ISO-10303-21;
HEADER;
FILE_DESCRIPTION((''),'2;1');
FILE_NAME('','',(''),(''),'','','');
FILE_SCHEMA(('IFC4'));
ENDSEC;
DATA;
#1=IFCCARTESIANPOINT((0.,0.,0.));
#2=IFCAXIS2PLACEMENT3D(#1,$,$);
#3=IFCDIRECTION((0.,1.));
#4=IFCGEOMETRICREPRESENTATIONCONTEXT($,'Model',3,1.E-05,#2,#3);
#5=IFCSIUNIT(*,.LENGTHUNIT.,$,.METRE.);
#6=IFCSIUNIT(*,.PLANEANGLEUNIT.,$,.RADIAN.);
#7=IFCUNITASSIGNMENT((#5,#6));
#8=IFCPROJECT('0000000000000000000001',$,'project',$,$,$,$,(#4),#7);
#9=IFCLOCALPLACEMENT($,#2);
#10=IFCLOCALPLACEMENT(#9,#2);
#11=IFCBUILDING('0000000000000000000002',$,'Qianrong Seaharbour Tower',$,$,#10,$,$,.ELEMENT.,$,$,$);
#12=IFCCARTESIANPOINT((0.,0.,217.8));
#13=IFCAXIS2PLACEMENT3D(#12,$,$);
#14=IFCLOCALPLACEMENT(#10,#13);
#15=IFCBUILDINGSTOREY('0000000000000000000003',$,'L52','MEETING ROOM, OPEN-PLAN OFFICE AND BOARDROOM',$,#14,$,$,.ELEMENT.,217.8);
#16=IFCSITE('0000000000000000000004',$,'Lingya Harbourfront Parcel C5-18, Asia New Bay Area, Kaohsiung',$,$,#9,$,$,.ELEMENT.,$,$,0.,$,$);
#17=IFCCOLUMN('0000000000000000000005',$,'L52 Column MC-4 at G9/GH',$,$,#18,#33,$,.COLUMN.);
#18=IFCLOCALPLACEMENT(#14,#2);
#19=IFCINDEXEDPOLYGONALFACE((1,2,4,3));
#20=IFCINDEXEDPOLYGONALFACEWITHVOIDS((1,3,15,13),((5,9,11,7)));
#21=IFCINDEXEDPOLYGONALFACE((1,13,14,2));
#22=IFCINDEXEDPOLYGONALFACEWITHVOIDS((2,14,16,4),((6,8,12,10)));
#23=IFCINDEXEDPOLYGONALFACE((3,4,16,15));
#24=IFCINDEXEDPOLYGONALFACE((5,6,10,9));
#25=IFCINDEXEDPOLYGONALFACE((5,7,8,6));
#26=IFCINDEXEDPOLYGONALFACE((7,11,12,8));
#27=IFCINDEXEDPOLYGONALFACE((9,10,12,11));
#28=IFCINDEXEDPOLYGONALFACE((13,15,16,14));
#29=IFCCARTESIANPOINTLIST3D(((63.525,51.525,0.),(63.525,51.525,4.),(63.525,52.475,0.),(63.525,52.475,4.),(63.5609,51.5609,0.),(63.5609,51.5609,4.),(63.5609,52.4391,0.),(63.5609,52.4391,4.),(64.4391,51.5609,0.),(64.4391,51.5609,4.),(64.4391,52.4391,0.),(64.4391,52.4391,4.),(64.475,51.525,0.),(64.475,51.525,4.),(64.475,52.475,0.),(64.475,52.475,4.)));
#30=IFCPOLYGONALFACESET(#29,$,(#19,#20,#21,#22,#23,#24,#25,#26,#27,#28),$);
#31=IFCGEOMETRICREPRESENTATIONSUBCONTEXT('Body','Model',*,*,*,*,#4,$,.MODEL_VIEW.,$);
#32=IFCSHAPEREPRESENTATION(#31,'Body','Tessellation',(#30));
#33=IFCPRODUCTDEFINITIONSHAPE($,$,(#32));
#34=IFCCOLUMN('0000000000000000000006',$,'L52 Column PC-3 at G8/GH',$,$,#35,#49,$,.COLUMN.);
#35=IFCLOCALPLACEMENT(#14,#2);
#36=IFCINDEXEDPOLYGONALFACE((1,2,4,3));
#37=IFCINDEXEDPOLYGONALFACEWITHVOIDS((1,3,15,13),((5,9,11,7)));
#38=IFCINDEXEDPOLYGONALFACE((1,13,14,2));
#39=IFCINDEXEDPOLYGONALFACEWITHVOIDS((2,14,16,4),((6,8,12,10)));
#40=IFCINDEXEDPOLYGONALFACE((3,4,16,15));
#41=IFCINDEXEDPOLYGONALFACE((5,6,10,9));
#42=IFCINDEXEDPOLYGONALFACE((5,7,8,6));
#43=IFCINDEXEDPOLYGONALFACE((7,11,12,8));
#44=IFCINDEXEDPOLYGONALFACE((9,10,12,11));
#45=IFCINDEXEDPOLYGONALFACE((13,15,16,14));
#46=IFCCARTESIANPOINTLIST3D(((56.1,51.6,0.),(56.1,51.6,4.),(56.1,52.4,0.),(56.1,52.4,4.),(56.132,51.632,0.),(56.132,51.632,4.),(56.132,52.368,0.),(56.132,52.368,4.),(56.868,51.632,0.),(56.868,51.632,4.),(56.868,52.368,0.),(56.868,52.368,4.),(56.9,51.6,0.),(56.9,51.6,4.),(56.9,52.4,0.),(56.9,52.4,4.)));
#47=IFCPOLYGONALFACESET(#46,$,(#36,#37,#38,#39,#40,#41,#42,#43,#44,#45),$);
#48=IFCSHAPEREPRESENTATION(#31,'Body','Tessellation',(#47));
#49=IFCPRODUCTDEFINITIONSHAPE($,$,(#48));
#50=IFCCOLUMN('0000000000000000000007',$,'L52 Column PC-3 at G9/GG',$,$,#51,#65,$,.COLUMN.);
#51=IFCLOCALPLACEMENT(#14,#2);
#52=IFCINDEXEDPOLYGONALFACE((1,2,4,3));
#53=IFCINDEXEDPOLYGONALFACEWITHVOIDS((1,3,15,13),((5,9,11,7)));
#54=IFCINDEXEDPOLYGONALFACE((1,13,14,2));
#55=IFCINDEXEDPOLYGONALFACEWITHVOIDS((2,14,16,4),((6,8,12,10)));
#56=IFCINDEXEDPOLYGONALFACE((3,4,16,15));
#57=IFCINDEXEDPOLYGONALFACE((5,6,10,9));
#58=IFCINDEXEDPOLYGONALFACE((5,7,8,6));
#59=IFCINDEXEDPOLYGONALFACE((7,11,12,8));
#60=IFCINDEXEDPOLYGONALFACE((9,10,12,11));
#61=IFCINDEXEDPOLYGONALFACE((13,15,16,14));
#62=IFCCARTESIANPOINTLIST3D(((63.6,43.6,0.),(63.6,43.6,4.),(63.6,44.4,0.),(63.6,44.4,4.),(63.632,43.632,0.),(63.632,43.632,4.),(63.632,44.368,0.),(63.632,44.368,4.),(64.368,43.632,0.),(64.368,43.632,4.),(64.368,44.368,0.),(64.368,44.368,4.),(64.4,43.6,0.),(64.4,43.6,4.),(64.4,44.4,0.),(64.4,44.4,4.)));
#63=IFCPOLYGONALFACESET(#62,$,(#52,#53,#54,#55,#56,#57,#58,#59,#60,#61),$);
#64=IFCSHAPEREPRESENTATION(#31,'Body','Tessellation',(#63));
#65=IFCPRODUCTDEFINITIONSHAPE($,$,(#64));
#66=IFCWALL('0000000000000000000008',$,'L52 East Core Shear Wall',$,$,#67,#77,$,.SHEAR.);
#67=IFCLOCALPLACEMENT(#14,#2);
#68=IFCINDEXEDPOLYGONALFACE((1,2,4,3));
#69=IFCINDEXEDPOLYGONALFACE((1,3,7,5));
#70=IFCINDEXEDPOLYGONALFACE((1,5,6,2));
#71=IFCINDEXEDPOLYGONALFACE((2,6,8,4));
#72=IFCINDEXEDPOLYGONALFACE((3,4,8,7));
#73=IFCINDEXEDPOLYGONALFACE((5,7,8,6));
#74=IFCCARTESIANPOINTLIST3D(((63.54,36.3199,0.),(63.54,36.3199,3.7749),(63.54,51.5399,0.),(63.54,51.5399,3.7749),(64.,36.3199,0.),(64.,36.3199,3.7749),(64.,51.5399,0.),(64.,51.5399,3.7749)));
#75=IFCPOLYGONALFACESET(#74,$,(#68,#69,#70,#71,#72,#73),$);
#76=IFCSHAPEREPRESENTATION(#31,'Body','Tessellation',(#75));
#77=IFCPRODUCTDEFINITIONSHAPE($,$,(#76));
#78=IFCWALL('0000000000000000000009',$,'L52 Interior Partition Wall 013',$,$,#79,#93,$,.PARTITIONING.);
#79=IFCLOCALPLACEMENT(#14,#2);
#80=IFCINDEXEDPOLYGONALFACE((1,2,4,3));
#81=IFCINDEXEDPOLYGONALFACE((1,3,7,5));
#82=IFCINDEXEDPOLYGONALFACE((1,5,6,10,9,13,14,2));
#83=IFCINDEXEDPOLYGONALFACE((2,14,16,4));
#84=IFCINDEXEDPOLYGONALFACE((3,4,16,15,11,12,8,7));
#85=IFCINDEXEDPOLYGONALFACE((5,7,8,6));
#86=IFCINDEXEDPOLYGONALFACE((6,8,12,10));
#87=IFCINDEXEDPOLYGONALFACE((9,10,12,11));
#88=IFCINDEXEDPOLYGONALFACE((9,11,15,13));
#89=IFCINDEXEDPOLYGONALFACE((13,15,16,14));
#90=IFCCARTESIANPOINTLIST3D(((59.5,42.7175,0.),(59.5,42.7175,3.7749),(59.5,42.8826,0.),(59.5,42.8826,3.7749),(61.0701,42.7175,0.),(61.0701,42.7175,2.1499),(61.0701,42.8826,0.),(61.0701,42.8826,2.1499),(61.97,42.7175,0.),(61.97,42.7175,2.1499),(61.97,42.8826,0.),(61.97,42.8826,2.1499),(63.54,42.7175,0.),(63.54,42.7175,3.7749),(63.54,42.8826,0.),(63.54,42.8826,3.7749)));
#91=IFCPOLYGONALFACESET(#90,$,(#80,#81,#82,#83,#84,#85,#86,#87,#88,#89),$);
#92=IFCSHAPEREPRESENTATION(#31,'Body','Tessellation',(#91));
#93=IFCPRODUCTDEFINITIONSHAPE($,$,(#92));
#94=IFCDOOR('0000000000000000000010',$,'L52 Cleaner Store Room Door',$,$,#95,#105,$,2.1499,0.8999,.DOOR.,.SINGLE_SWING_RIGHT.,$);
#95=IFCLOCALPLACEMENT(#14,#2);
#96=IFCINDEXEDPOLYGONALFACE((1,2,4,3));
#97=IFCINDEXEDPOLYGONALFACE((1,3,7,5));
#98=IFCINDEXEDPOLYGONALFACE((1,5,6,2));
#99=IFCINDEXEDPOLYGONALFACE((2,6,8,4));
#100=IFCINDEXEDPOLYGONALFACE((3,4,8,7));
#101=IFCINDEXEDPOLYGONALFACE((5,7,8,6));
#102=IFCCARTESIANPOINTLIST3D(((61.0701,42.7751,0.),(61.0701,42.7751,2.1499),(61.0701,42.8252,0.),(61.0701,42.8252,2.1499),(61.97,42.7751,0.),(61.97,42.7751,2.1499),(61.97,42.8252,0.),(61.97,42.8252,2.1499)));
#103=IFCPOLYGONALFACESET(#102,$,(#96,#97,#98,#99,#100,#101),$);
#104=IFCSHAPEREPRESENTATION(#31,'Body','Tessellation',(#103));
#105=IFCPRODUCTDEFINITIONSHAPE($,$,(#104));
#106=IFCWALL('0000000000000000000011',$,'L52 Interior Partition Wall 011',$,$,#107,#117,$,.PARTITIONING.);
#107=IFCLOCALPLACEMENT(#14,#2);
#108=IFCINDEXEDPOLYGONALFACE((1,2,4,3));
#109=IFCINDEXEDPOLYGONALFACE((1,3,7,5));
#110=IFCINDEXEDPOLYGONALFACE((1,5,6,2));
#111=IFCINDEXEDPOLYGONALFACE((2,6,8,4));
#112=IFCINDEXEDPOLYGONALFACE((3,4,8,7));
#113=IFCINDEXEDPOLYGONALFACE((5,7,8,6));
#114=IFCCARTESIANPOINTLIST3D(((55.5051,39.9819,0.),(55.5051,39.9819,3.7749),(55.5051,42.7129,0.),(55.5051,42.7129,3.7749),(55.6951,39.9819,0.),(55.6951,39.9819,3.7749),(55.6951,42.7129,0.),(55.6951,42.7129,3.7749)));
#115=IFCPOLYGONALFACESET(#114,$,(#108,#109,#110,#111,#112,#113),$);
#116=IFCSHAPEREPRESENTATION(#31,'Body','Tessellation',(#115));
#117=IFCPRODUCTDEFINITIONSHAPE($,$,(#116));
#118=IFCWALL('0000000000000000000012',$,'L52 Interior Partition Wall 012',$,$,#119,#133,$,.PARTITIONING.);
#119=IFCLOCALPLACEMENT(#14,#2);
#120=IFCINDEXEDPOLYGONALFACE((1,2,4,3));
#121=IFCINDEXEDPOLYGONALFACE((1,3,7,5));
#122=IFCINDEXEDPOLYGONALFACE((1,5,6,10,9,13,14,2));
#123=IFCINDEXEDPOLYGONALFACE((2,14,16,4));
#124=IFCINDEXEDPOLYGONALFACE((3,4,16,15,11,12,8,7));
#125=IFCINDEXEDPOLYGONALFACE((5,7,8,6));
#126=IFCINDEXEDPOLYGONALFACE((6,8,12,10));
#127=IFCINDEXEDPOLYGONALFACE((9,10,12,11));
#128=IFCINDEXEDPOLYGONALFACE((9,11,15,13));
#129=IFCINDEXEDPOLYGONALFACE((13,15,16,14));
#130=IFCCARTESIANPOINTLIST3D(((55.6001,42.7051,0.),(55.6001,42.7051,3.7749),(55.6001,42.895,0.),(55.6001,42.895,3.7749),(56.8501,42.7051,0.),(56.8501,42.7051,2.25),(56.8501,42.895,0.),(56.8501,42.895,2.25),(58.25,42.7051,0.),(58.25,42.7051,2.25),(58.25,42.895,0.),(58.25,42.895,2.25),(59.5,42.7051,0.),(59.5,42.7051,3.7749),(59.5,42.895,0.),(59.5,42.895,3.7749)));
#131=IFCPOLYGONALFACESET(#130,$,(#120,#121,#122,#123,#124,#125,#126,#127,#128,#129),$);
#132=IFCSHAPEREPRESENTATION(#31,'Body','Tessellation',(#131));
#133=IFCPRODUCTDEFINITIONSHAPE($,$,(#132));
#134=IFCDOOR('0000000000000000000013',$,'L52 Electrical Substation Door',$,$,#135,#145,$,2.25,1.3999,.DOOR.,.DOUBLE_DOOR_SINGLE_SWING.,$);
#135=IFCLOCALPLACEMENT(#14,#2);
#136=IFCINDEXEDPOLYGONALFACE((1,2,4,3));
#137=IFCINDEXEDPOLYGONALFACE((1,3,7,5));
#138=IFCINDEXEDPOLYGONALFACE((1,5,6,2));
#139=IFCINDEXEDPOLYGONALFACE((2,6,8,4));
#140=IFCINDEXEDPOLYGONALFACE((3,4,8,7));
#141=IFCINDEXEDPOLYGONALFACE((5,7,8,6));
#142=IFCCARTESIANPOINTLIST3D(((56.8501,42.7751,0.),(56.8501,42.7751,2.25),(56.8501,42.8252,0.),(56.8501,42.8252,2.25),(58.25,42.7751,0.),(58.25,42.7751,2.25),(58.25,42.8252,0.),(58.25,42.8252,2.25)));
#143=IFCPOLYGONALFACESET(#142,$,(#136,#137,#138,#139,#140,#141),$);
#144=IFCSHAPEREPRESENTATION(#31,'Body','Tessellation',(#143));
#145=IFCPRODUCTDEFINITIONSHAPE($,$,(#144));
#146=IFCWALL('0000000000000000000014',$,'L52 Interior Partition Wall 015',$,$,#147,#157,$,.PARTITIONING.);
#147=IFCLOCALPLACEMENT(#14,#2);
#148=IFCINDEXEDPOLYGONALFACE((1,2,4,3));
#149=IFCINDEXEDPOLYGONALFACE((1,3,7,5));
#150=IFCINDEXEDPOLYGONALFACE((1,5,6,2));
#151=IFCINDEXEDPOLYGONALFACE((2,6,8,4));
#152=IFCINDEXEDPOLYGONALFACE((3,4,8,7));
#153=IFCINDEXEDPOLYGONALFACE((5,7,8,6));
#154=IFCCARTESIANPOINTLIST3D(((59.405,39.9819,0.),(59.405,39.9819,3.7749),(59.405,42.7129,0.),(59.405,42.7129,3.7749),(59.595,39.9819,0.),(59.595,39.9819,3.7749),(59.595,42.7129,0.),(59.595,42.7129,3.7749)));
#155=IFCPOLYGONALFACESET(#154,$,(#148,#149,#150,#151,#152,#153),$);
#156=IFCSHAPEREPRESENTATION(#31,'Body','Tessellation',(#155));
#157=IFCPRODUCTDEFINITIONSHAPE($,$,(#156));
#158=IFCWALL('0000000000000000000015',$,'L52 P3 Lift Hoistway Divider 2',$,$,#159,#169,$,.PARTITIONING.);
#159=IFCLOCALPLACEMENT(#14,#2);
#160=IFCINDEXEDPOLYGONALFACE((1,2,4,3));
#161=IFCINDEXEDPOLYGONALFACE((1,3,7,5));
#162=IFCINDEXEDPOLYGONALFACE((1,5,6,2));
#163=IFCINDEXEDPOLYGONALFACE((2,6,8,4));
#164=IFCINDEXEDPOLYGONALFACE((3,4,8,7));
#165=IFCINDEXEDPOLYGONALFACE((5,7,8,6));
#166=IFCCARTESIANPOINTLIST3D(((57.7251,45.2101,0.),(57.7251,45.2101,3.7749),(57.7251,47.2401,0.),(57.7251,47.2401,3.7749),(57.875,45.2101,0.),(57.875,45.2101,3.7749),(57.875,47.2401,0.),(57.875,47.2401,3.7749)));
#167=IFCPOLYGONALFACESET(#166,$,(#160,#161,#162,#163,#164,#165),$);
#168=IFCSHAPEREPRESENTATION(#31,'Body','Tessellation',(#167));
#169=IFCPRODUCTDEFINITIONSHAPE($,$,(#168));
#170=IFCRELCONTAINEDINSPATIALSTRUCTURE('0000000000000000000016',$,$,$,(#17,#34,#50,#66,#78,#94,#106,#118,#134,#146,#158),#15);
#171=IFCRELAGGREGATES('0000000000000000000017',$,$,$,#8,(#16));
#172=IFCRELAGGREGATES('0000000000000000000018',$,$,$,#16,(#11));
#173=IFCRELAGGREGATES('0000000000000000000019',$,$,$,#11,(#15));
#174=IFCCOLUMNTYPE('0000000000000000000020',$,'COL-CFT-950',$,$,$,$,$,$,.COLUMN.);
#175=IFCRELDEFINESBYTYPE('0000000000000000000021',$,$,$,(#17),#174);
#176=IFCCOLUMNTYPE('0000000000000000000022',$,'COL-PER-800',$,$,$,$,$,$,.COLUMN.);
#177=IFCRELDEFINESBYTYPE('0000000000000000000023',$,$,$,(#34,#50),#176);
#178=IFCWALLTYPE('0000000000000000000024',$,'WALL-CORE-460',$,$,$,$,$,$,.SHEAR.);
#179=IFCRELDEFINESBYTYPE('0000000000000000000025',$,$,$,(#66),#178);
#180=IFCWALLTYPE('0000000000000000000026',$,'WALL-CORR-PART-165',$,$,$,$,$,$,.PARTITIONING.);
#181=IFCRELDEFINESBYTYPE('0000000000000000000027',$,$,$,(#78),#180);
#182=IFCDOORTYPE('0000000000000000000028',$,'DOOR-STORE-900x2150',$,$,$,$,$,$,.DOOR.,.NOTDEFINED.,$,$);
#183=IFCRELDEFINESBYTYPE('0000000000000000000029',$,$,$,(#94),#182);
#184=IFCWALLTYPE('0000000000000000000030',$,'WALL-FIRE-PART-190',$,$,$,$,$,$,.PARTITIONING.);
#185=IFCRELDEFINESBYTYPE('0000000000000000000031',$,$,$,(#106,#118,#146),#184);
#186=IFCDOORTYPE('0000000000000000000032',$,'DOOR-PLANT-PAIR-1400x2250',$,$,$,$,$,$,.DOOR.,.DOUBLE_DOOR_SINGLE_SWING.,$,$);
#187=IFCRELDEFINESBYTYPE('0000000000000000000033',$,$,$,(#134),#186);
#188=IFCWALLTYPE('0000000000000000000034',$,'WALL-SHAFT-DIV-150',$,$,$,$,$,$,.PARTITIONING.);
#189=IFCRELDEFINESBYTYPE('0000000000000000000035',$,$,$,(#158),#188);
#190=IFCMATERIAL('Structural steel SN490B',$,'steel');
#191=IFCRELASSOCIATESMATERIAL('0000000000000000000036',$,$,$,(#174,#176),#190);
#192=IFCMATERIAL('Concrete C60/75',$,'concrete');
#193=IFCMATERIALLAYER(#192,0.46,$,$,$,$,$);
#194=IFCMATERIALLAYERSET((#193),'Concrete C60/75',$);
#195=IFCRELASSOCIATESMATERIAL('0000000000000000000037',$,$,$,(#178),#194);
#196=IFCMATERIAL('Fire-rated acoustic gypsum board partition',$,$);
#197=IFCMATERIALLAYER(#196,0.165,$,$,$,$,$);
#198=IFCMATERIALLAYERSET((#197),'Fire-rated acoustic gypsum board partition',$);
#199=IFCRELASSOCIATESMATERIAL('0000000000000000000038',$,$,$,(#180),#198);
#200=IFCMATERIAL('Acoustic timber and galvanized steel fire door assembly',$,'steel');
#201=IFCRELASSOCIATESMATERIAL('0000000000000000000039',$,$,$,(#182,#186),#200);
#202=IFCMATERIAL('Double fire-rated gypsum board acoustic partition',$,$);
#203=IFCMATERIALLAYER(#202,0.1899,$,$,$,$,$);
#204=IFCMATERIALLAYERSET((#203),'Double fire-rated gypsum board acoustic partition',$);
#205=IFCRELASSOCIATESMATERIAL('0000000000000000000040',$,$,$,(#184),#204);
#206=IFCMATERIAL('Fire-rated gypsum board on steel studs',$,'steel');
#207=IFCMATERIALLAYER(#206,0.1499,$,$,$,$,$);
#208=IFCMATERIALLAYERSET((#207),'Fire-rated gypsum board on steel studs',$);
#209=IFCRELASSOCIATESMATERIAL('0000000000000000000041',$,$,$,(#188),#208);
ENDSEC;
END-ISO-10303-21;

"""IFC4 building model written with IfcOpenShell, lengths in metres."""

from ifc_helpers import new_model, si_unit, direction, frame, frame_2d, origin, origin_2d, place, context, subcontext, project, spatial, rectangle, hollow_rectangle, extrude, material, layer, layer_set, material_profile, profile_set, type_object, element, fill, save


model = new_model("IFC4")

# Units and contexts
model_context = context("Model", 3, precision=1e-05, world=origin(), true_north=direction((0.0, 1.0)))
body_context = subcontext(model_context, "Body", "Model", "MODEL_VIEW")
ifc_project = project(units=[si_unit("LENGTHUNIT", "METRE"), si_unit("PLANEANGLEUNIT", "RADIAN")], contexts=[model_context])

# Site, building, storey
site_placement = place(None, origin())
site = spatial("IfcSite", under=ifc_project, at=site_placement, Name="Lingya Harbourfront Parcel C5-18, Asia New Bay Area, Kaohsiung", CompositionType="ELEMENT", RefElevation=0.0)
building_placement = place(site_placement, origin())
building = spatial("IfcBuilding", under=site, at=building_placement, Name="Qianrong Seaharbour Tower", CompositionType="ELEMENT")
storey_placement = place(building_placement, frame((0.0, 0.0, 217.8)))
storey = spatial("IfcBuildingStorey", under=building, at=storey_placement, Name="L52", Description="MEETING ROOM, OPEN-PLAN OFFICE AND BOARDROOM", CompositionType="ELEMENT", Elevation=217.8)

# Columns
ifc_material_1 = material(Name="Structural steel SN490B", Category="steel")
ifc_material_profile_1 = material_profile(ifc_material_1, hollow_rectangle(XDim=0.95, YDim=0.95, WallThickness=0.0359, at=origin_2d()), Name="BOX950x950x36")
ifc_profile_set_1 = profile_set([ifc_material_profile_1], Name="Structural steel SN490B")
column_type_1 = type_object("IfcColumnType", Name="COL-CFT-950", PredefinedType="COLUMN", material=ifc_profile_set_1)
column_placement = place(storey_placement, frame((64.0, 52.0, 0.0), z_axis=(0.0, 0.0, 1.0), x_axis=(1.0, 0.0, 0.0)))
element("IfcColumn", 1, at=column_placement, inside=storey, type_object=column_type_1, Name="L52 Column MC-4 at G9/GH", PredefinedType="COLUMN", context=body_context, shape_type="SweptSolid", body=[
    extrude(hollow_rectangle(XDim=0.95, YDim=0.95, WallThickness=0.0359, at=origin_2d()), origin(), (0.0, 0.0, 1.0), 4.0),
])
ifc_material_profile_2 = material_profile(ifc_material_1, hollow_rectangle(XDim=0.8, YDim=0.8, WallThickness=0.032, at=origin_2d()), Name="BOX800x800x32")
ifc_profile_set_2 = profile_set([ifc_material_profile_2], Name="Structural steel SN490B")
column_type_2 = type_object("IfcColumnType", Name="COL-PER-800", PredefinedType="COLUMN", material=ifc_profile_set_2)
for number, where, z_axis, x_axis, name in (
    (2, (56.5, 52.0, 0.0), (0.0, 0.0, 1.0), (1.0, 0.0, 0.0), "L52 Column PC-3 at G8/GH"),
    (3, (64.0, 44.0, 0.0), (0.0, 0.0, 1.0), (1.0, 0.0, 0.0), "L52 Column PC-3 at G9/GG"),
):
    element("IfcColumn", number, at=place(storey_placement, frame(where, z_axis=z_axis, x_axis=x_axis)), inside=storey, type_object=column_type_2, Name=name, PredefinedType="COLUMN", context=body_context, shape_type="SweptSolid", body=[
        extrude(hollow_rectangle(XDim=0.8, YDim=0.8, WallThickness=0.032, at=origin_2d()), origin(), (0.0, 0.0, 1.0), 4.0),
    ])

# Wall
ifc_material_2 = material(Name="Concrete C60/75", Category="concrete")
ifc_layer_1 = layer(ifc_material_2, 0.46)
ifc_layer_set_1 = layer_set([ifc_layer_1], Name="Concrete C60/75")
wall_type_1 = type_object("IfcWallType", Name="WALL-CORE-460", PredefinedType="SHEAR", material=ifc_layer_set_1)
wall_1_placement = place(storey_placement, frame((63.77, 36.3201, 0.0), z_axis=(0.0, 0.0, 1.0), x_axis=(0.0, 1.0, 0.0)))
element("IfcWall", 4, at=wall_1_placement, inside=storey, type_object=wall_type_1, Name="L52 East Core Shear Wall", PredefinedType="SHEAR", context=body_context, shape_type="SweptSolid", body=[
    extrude(rectangle(XDim=15.22, YDim=0.46, at=frame_2d((7.6099, 0.0))), origin(), (0.0, 0.0, 1.0), 3.7749),
])

# Wall, opening, door
ifc_material_3 = material(Name="Fire-rated acoustic gypsum board partition")
ifc_layer_2 = layer(ifc_material_3, 0.165)
ifc_layer_set_2 = layer_set([ifc_layer_2], Name="Fire-rated acoustic gypsum board partition")
wall_type_2 = type_object("IfcWallType", Name="WALL-CORR-PART-165", PredefinedType="PARTITIONING", material=ifc_layer_set_2)
wall_2_placement = place(storey_placement, frame((63.54, 42.8, 0.0), z_axis=(0.0, 0.0, 1.0), x_axis=(-1.0, 0.0, 0.0)))
wall_2 = element("IfcWall", 5, at=wall_2_placement, inside=storey, type_object=wall_type_2, Name="L52 Interior Partition Wall 013", PredefinedType="PARTITIONING", context=body_context, shape_type="SweptSolid", body=[
    extrude(rectangle(XDim=4.04, YDim=0.165, at=frame_2d((2.02, 0.0))), origin(), (0.0, 0.0, 1.0), 3.7749),
])
opening_1_placement = place(wall_2_placement, frame((1.5701, 0.0, 0.0)))
opening_1 = element("IfcOpeningElement", 6, at=opening_1_placement, cuts=wall_2, PredefinedType="OPENING", context=body_context, shape_type="SweptSolid", body=[
    extrude(rectangle(XDim=0.8999, YDim=2.1499, at=frame_2d((0.45, 1.075))), frame((0.0, 0.0925, 0.0), z_axis=(0.0, -1.0, 0.0), x_axis=(1.0, 0.0, 0.0)), (0.0, 0.0, 1.0), 0.1851),
])
ifc_material_4 = material(Name="Acoustic timber and galvanized steel fire door assembly", Category="steel")
door_type_1 = type_object("IfcDoorType", Name="DOOR-STORE-900x2150", OperationType="NOTDEFINED", PredefinedType="DOOR", material=ifc_material_4)
door_1_placement = place(opening_1_placement, origin())
door_1 = element("IfcDoor", 7, at=door_1_placement, inside=storey, type_object=door_type_1, Name="L52 Cleaner Store Room Door", OperationType="SINGLE_SWING_RIGHT", OverallHeight=2.1499, OverallWidth=0.8999, PredefinedType="DOOR", context=body_context, shape_type="SweptSolid", body=[
    extrude(rectangle(XDim=0.8999, YDim=2.1499, at=frame_2d((0.45, 1.075))), frame((0.0, 0.0249, 0.0), z_axis=(0.0, -1.0, 0.0), x_axis=(1.0, 0.0, 0.0)), (0.0, 0.0, 1.0), 0.05),
])
fill(opening_1, door_1)

# Wall
ifc_material_5 = material(Name="Double fire-rated gypsum board acoustic partition")
ifc_layer_3 = layer(ifc_material_5, 0.1899)
ifc_layer_set_3 = layer_set([ifc_layer_3], Name="Double fire-rated gypsum board acoustic partition")
wall_type_3 = type_object("IfcWallType", Name="WALL-FIRE-PART-190", PredefinedType="PARTITIONING", material=ifc_layer_set_3)
wall_3_placement = place(storey_placement, frame((55.6001, 42.7129, 0.0), z_axis=(0.0, 0.0, 1.0), x_axis=(0.0, -1.0, 0.0)))
element("IfcWall", 8, at=wall_3_placement, inside=storey, type_object=wall_type_3, Name="L52 Interior Partition Wall 011", PredefinedType="PARTITIONING", context=body_context, shape_type="SweptSolid", body=[
    extrude(rectangle(XDim=2.731, YDim=0.1899, at=frame_2d((1.3655, 0.0))), origin(), (0.0, 0.0, 1.0), 3.7749),
])

# Wall, opening, door
wall_4_placement = place(storey_placement, frame((59.5, 42.8, 0.0), z_axis=(0.0, 0.0, 1.0), x_axis=(-1.0, 0.0, 0.0)))
wall_4 = element("IfcWall", 9, at=wall_4_placement, inside=storey, type_object=wall_type_3, Name="L52 Interior Partition Wall 012", PredefinedType="PARTITIONING", context=body_context, shape_type="SweptSolid", body=[
    extrude(rectangle(XDim=3.8999, YDim=0.1899, at=frame_2d((1.95, 0.0))), origin(), (0.0, 0.0, 1.0), 3.7749),
])
opening_2_placement = place(wall_4_placement, frame((1.25, 0.0, 0.0)))
opening_2 = element("IfcOpeningElement", 10, at=opening_2_placement, cuts=wall_4, PredefinedType="OPENING", context=body_context, shape_type="SweptSolid", body=[
    extrude(rectangle(XDim=1.3999, YDim=2.25, at=frame_2d((0.7, 1.125))), frame((0.0, 0.105, 0.0), z_axis=(0.0, -1.0, 0.0), x_axis=(1.0, 0.0, 0.0)), (0.0, 0.0, 1.0), 0.21),
])
door_type_2 = type_object("IfcDoorType", Name="DOOR-PLANT-PAIR-1400x2250", OperationType="DOUBLE_DOOR_SINGLE_SWING", PredefinedType="DOOR", material=ifc_material_4)
door_2_placement = place(opening_2_placement, origin())
door_2 = element("IfcDoor", 11, at=door_2_placement, inside=storey, type_object=door_type_2, Name="L52 Electrical Substation Door", OperationType="DOUBLE_DOOR_SINGLE_SWING", OverallHeight=2.25, OverallWidth=1.3999, PredefinedType="DOOR", context=body_context, shape_type="SweptSolid", body=[
    extrude(rectangle(XDim=1.3999, YDim=2.25, at=frame_2d((0.7, 1.125))), frame((0.0, 0.0249, 0.0), z_axis=(0.0, -1.0, 0.0), x_axis=(1.0, 0.0, 0.0)), (0.0, 0.0, 1.0), 0.05),
])
fill(opening_2, door_2)

# Walls
wall_5_placement = place(storey_placement, frame((59.5, 42.7129, 0.0), z_axis=(0.0, 0.0, 1.0), x_axis=(0.0, -1.0, 0.0)))
element("IfcWall", 12, at=wall_5_placement, inside=storey, type_object=wall_type_3, Name="L52 Interior Partition Wall 015", PredefinedType="PARTITIONING", context=body_context, shape_type="SweptSolid", body=[
    extrude(rectangle(XDim=2.731, YDim=0.1899, at=frame_2d((1.3655, 0.0))), origin(), (0.0, 0.0, 1.0), 3.7749),
])
ifc_material_6 = material(Name="Fire-rated gypsum board on steel studs", Category="steel")
ifc_layer_4 = layer(ifc_material_6, 0.1499)
ifc_layer_set_4 = layer_set([ifc_layer_4], Name="Fire-rated gypsum board on steel studs")
wall_type_4 = type_object("IfcWallType", Name="WALL-SHAFT-DIV-150", PredefinedType="PARTITIONING", material=ifc_layer_set_4)
for number, where, z_axis, x_axis, name in (
    (13, (57.8, 45.21, 0.0), (0.0, 0.0, 1.0), (0.0, 1.0, 0.0), "L52 P3 Lift Hoistway Divider 2"),
):
    element("IfcWall", number, at=place(storey_placement, frame(where, z_axis=z_axis, x_axis=x_axis)), inside=storey, type_object=wall_type_4, Name=name, PredefinedType="PARTITIONING", context=body_context, shape_type="SweptSolid", body=[
        extrude(rectangle(XDim=2.03, YDim=0.1499, at=frame_2d((1.0151, 0.0))), origin(), (0.0, 0.0, 1.0), 3.7749),
    ])

save(model, "model.ifc")
